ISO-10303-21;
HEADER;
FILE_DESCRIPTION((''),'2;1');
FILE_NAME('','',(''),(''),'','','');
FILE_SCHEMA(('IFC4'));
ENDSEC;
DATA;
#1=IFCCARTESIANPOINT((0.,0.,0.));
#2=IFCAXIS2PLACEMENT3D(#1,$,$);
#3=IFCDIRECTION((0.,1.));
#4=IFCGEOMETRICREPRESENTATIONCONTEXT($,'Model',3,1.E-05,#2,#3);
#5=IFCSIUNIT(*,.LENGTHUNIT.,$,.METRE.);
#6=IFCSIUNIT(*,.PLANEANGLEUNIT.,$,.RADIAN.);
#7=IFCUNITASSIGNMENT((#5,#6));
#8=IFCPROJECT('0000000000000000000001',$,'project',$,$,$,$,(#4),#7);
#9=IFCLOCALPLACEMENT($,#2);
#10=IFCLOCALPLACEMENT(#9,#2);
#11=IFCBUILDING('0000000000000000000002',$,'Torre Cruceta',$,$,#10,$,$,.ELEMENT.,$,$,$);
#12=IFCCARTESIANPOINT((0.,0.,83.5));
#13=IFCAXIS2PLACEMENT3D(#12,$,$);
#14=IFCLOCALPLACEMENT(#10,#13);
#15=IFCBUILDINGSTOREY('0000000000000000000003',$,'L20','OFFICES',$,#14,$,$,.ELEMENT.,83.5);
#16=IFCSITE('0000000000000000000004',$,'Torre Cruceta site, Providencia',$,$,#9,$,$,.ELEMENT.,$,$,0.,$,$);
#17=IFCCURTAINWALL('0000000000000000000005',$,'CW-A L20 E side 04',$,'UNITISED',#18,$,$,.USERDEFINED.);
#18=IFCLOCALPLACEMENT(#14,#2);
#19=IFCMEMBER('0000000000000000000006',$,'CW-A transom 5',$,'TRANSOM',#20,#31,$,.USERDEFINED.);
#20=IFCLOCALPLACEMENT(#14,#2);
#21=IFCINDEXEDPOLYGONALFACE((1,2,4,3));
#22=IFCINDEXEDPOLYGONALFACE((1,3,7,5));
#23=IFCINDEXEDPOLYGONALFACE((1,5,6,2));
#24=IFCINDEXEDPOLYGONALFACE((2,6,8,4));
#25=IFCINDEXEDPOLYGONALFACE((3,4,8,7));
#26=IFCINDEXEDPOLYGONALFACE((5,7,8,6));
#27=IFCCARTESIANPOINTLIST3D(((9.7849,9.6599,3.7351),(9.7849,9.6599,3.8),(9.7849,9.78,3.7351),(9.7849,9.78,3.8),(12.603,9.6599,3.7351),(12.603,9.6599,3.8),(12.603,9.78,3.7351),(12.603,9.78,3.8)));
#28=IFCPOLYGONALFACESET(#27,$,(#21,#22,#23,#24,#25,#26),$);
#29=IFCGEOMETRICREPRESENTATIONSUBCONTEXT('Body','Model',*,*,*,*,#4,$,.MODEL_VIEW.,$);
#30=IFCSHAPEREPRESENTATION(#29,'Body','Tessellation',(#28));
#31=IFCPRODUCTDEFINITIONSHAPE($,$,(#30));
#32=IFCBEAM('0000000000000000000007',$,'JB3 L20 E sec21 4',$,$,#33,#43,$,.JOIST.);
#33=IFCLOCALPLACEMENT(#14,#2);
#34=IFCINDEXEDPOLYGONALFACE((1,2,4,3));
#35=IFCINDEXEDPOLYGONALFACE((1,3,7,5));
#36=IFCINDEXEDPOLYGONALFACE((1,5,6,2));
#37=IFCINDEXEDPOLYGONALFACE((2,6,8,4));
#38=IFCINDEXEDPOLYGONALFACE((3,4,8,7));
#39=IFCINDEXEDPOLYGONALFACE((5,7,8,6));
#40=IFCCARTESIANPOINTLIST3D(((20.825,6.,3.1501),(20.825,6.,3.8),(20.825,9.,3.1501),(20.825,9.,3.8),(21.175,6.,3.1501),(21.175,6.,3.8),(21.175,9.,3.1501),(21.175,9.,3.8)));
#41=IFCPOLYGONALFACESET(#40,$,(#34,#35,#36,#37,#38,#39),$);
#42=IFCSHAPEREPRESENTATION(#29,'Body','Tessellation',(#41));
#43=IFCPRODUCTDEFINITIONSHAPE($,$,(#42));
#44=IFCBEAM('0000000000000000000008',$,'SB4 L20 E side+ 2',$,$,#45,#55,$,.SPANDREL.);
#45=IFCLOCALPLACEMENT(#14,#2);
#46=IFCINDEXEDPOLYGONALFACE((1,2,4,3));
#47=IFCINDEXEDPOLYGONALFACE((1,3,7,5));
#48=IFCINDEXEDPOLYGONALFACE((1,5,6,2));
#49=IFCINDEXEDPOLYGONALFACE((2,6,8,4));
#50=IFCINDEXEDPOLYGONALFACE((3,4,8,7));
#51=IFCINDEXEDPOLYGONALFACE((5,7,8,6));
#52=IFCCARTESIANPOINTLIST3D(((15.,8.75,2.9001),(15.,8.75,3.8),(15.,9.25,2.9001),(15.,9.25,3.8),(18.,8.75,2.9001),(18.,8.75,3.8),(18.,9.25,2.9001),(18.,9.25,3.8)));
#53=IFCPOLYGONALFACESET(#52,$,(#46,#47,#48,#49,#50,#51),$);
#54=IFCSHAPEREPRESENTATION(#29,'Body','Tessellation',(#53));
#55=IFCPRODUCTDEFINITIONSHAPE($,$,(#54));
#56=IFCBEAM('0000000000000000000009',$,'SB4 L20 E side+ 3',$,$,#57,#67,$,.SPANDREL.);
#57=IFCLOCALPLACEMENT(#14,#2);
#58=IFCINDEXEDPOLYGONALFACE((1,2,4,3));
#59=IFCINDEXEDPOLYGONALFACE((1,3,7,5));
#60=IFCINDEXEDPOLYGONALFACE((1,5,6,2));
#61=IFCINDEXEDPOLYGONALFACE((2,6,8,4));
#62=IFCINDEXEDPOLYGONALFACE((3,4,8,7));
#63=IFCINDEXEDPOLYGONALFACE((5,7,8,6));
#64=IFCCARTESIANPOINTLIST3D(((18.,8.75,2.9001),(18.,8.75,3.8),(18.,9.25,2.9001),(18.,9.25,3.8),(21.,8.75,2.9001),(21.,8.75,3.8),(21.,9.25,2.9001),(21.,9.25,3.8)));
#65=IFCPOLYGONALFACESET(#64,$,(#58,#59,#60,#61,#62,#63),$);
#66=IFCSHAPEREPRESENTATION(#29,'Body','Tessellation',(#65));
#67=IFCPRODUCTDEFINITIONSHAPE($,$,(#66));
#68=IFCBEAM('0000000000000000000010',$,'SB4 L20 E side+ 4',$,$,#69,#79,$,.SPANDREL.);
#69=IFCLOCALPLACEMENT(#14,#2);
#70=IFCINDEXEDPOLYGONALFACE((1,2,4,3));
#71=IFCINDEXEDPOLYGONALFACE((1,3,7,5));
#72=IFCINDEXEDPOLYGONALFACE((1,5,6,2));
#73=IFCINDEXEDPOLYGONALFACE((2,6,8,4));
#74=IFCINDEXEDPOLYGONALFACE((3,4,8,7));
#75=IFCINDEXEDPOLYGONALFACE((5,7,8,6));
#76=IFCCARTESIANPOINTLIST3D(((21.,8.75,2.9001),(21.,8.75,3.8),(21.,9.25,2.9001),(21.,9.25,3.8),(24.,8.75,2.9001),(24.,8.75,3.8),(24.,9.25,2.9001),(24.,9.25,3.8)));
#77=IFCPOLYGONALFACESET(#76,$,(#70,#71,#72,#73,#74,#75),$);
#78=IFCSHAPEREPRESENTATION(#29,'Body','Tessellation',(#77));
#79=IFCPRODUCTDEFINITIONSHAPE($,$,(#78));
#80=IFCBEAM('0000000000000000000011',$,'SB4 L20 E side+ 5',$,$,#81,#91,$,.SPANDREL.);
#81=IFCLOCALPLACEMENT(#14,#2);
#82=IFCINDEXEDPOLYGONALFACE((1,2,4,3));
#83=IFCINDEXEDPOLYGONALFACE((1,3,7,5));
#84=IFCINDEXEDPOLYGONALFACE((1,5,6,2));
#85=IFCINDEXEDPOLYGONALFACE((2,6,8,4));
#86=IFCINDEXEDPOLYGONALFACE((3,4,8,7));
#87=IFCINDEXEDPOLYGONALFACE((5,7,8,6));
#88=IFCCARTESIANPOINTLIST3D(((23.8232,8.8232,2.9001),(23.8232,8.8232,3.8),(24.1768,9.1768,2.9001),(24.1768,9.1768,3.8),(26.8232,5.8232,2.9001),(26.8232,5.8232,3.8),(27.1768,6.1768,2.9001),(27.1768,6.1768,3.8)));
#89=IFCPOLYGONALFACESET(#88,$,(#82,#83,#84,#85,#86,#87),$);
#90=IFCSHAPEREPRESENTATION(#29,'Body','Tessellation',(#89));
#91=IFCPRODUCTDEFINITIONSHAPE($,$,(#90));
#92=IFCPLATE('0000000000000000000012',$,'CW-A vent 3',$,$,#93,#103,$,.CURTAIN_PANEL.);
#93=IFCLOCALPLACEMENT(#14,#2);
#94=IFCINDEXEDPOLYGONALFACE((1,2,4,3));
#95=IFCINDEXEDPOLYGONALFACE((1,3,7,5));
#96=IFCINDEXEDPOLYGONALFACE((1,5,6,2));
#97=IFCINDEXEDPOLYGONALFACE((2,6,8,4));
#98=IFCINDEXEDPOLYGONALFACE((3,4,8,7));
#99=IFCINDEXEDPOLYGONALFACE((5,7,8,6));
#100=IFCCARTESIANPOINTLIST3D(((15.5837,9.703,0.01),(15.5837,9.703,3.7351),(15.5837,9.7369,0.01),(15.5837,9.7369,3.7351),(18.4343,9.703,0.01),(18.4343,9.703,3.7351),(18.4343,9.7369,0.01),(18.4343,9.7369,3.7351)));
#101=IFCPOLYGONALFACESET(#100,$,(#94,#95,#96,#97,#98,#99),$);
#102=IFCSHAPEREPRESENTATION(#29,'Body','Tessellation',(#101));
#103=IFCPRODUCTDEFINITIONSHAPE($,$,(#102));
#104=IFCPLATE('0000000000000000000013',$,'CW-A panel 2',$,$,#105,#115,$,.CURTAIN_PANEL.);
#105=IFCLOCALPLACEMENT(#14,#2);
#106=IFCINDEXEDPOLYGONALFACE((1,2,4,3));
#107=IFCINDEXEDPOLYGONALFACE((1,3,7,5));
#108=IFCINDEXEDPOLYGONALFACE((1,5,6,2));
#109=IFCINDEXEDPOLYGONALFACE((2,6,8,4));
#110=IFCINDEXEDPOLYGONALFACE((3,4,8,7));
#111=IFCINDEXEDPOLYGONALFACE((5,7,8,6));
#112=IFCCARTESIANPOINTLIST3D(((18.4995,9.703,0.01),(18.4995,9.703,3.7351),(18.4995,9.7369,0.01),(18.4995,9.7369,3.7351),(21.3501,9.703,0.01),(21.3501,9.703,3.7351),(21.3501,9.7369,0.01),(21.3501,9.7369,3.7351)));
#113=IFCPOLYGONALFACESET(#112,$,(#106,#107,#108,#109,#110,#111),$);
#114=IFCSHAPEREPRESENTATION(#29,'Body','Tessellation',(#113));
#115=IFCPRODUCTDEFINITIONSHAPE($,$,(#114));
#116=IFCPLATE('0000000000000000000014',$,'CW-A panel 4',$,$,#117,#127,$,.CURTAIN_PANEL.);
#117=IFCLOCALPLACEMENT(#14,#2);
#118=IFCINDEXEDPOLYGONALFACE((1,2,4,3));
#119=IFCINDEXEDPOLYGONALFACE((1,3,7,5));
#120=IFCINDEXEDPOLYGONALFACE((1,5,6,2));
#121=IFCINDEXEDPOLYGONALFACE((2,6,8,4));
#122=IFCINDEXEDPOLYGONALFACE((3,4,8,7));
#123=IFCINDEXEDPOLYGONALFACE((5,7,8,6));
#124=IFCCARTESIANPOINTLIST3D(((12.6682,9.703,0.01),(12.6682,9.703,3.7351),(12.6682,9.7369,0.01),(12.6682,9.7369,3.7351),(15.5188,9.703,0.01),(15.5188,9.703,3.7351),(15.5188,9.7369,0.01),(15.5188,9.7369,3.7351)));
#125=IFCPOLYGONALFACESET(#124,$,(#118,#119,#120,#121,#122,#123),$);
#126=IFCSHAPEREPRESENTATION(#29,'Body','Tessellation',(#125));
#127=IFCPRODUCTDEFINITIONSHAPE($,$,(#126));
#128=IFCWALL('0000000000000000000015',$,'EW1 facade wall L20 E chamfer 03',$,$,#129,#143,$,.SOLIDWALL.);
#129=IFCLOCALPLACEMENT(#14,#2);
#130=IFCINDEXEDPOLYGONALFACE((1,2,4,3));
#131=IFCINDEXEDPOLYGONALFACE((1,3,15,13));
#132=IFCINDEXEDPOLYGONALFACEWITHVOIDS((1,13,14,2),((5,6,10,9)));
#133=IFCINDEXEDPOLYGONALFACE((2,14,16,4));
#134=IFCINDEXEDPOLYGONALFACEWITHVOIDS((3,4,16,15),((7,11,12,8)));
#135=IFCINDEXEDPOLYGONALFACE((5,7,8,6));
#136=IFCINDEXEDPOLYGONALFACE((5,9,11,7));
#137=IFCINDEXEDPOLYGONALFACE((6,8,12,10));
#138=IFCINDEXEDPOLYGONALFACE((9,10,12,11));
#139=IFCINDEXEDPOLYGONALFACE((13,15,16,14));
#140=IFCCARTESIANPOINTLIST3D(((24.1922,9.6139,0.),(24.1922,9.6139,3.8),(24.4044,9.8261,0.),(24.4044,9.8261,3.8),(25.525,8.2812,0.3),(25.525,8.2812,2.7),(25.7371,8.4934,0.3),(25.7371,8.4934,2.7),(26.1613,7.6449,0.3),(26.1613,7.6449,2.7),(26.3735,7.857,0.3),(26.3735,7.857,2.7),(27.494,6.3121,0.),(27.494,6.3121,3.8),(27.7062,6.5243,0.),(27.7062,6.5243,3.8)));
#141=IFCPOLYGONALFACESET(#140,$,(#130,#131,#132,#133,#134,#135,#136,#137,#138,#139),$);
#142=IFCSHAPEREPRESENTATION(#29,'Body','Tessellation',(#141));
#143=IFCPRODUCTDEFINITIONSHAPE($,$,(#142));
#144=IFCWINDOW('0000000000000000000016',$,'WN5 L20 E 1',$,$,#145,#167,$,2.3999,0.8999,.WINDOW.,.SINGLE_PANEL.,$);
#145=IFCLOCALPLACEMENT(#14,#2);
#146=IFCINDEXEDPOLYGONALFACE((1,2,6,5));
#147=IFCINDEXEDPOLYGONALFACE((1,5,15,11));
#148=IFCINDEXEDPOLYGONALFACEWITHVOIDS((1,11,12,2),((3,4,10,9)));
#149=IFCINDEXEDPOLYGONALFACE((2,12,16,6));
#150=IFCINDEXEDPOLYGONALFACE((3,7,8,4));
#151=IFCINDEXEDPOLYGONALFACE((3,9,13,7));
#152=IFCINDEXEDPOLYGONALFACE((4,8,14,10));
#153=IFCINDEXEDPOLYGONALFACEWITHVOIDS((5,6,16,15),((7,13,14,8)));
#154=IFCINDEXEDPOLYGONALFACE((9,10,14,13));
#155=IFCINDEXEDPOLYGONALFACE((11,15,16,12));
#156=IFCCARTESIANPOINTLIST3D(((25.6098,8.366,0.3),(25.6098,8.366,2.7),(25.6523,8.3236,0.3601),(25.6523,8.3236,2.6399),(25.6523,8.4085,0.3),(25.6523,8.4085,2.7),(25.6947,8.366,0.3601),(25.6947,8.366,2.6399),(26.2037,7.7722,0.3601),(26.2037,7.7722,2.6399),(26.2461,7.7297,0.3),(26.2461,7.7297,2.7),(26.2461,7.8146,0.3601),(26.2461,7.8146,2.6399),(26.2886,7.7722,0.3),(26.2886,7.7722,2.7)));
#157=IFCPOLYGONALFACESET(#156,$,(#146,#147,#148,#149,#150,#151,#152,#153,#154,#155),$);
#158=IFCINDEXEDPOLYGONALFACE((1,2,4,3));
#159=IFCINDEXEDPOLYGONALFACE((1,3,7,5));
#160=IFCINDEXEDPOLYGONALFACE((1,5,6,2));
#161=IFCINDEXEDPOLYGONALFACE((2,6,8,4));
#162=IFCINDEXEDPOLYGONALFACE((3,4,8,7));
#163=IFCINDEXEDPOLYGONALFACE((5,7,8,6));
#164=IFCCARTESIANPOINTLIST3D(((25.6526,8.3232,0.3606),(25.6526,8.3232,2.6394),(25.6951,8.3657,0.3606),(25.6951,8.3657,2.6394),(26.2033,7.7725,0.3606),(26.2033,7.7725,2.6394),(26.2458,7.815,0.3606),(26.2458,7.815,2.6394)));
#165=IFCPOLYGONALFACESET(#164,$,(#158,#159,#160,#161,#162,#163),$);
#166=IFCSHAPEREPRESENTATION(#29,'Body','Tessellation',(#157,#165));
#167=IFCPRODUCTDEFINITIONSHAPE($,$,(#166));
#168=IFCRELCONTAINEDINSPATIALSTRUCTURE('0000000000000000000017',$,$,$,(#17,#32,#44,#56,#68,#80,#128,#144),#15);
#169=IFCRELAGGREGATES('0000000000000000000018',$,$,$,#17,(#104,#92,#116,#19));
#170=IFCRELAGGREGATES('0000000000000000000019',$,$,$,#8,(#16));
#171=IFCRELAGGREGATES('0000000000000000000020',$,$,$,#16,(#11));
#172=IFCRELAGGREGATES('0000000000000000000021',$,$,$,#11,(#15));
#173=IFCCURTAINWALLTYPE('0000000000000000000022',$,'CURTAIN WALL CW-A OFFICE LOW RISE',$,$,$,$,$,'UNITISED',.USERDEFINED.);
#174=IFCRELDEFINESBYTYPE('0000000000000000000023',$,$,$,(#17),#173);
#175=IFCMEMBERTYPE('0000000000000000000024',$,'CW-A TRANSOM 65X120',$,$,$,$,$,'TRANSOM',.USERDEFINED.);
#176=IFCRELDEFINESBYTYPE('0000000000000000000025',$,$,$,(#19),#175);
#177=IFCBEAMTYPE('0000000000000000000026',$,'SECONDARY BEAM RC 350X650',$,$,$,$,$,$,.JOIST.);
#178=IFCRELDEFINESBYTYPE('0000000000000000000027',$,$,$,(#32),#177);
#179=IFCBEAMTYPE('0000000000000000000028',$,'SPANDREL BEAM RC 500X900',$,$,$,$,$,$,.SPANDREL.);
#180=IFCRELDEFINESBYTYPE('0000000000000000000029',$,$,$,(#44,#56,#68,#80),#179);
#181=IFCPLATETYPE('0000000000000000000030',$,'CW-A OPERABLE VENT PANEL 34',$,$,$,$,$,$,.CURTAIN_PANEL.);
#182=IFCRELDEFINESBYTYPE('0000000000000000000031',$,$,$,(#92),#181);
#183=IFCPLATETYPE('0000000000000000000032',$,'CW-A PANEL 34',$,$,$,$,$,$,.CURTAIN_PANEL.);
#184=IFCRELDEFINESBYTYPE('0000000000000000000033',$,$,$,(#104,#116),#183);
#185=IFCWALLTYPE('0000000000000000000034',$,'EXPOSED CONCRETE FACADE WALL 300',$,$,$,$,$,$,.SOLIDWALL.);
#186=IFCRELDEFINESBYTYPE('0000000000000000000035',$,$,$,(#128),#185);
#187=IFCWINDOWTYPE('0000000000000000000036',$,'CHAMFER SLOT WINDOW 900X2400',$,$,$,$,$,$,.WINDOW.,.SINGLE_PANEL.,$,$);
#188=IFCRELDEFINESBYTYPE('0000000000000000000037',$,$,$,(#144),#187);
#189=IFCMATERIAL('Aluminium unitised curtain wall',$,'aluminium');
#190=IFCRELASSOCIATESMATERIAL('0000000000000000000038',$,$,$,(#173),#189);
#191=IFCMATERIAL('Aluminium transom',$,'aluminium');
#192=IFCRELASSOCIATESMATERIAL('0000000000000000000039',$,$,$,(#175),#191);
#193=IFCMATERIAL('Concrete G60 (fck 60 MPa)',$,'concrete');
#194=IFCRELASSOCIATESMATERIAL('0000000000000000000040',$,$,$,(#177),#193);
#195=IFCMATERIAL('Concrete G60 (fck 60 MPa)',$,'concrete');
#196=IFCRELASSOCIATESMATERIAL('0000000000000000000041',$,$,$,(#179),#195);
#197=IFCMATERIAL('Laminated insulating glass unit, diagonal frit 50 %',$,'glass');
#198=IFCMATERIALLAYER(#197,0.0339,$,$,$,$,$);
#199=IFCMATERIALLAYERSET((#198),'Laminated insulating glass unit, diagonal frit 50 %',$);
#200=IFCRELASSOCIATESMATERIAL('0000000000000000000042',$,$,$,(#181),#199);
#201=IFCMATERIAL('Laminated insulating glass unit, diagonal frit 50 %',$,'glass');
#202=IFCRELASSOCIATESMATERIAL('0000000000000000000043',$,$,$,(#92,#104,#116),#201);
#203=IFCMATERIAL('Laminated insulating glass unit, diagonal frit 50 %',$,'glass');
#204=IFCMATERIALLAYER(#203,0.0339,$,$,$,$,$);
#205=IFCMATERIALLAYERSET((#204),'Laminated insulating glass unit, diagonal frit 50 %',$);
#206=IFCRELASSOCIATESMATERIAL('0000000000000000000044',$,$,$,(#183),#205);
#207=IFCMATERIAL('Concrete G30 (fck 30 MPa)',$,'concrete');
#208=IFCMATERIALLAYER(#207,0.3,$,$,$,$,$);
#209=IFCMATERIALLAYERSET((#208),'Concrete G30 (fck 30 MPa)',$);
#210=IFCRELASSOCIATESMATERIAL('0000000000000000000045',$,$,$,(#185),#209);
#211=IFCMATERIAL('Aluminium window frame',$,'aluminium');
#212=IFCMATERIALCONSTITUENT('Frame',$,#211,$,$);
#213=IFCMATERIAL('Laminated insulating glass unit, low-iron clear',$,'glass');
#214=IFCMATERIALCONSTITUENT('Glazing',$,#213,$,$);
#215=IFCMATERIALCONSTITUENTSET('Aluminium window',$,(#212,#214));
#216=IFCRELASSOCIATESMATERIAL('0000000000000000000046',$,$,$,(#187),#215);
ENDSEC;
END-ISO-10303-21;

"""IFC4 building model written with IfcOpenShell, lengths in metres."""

from ifc_helpers import new_model, si_unit, direction, frame, frame_2d, origin, origin_2d, place, context, subcontext, project, spatial, rectangle, hollow_rectangle, extrude, material, layer, layer_set, constituent, constituent_set, material_profile, profile_set, type_object, element, fill, aggregate, save


model = new_model("IFC4")

# Units and contexts
model_context = context("Model", 3, precision=1e-05, world=origin(), true_north=direction((0.0, 1.0)))
body_context = subcontext(model_context, "Body", "Model", "MODEL_VIEW")
ifc_project = project(units=[si_unit("LENGTHUNIT", "METRE"), si_unit("PLANEANGLEUNIT", "RADIAN")], contexts=[model_context])

# Site, building, storey
site_placement = place(None, origin())
site = spatial("IfcSite", under=ifc_project, at=site_placement, Name="Torre Cruceta site, Providencia", CompositionType="ELEMENT", RefElevation=0.0)
building_placement = place(site_placement, origin())
building = spatial("IfcBuilding", under=site, at=building_placement, Name="Torre Cruceta", CompositionType="ELEMENT")
storey_placement = place(building_placement, frame((0.0, 0.0, 83.5)))
storey = spatial("IfcBuildingStorey", under=building, at=storey_placement, Name="L20", Description="OFFICES", CompositionType="ELEMENT", Elevation=83.5)

# Curtain wall, member
ifc_material_1 = material(Name="Aluminium unitised curtain wall", Category="aluminium")
curtain_wall_type = type_object("IfcCurtainWallType", Name="CURTAIN WALL CW-A OFFICE LOW RISE", ElementType="UNITISED", PredefinedType="USERDEFINED", material=ifc_material_1)
curtain_wall_placement = place(storey_placement, origin())
curtain_wall = element("IfcCurtainWall", 1, at=curtain_wall_placement, inside=storey, type_object=curtain_wall_type, Name="CW-A L20 E side 04", ObjectType="UNITISED", PredefinedType="USERDEFINED")
ifc_material_2 = material(Name="Aluminium transom", Category="aluminium")
ifc_material_profile_1 = material_profile(ifc_material_2, rectangle(XDim=0.1201, YDim=0.0649, at=origin_2d()), Name="AL 120X65")
ifc_profile_set_1 = profile_set([ifc_material_profile_1], Name="Aluminium transom")
member_type_1 = type_object("IfcMemberType", Name="CW-A TRANSOM 65X120", ElementType="TRANSOM", PredefinedType="USERDEFINED", material=ifc_profile_set_1)
member_1_placement = place(storey_placement, frame((12.603, 9.72, 3.7676), z_axis=(-1.0, 0.0, 0.0), x_axis=(0.0, -1.0, 0.0)))
member_1 = element("IfcMember", 2, at=member_1_placement, type_object=member_type_1, Name="CW-A transom 5", ObjectType="TRANSOM", PredefinedType="USERDEFINED", context=body_context, shape_type="SweptSolid", body=[
    extrude(rectangle(XDim=0.1201, YDim=0.0649, at=origin_2d()), origin(), (0.0, 0.0, 1.0), 2.8181),
])

# Beams
ifc_material_3 = material(Name="Concrete G60 (fck 60 MPa)", Category="concrete")
ifc_material_profile_2 = material_profile(ifc_material_3, rectangle(XDim=0.3501, YDim=0.6499, at=origin_2d()), Name="RC 350X650")
ifc_profile_set_2 = profile_set([ifc_material_profile_2], Name="Concrete G60 (fck 60 MPa)")
beam_type_1 = type_object("IfcBeamType", Name="SECONDARY BEAM RC 350X650", PredefinedType="JOIST", material=ifc_profile_set_2)
beam_1_placement = place(storey_placement, frame((21.0, 6.0, 3.4751), z_axis=(0.0, 1.0, 0.0), x_axis=(-1.0, 0.0, 0.0)))
element("IfcBeam", 3, at=beam_1_placement, inside=storey, type_object=beam_type_1, Name="JB3 L20 E sec21 4", PredefinedType="JOIST", context=body_context, shape_type="SweptSolid", body=[
    extrude(rectangle(XDim=0.3501, YDim=0.6499, at=origin_2d()), origin(), (0.0, 0.0, 1.0), 3.0),
])
ifc_material_4 = material(Name="Concrete G60 (fck 60 MPa)", Category="concrete")
ifc_material_profile_3 = material_profile(ifc_material_4, rectangle(XDim=0.5, YDim=0.8999, at=origin_2d()), Name="RC 500X900")
ifc_profile_set_3 = profile_set([ifc_material_profile_3], Name="Concrete G60 (fck 60 MPa)")
beam_type_2 = type_object("IfcBeamType", Name="SPANDREL BEAM RC 500X900", PredefinedType="SPANDREL", material=ifc_profile_set_3)
for number, where, z_axis, x_axis, name in (
    (4, (15.0, 9.0, 3.3501), (1.0, 0.0, 0.0), (0.0, 1.0, 0.0), "SB4 L20 E side+ 2"),
    (5, (18.0, 9.0, 3.3501), (1.0, 0.0, 0.0), (0.0, 1.0, 0.0), "SB4 L20 E side+ 3"),
    (6, (21.0, 9.0, 3.3501), (1.0, 0.0, 0.0), (0.0, 1.0, 0.0), "SB4 L20 E side+ 4"),
):
    element("IfcBeam", number, at=place(storey_placement, frame(where, z_axis=z_axis, x_axis=x_axis)), inside=storey, type_object=beam_type_2, Name=name, PredefinedType="SPANDREL", context=body_context, shape_type="SweptSolid", body=[
        extrude(rectangle(XDim=0.5, YDim=0.8999, at=origin_2d()), origin(), (0.0, 0.0, 1.0), 3.0),
    ])
beam_2_placement = place(storey_placement, frame((24.0, 9.0, 3.3501), z_axis=(0.707107, -0.707107, 0.0), x_axis=(0.707107, 0.707107, 0.0)))
element("IfcBeam", 7, at=beam_2_placement, inside=storey, type_object=beam_type_2, Name="SB4 L20 E side+ 5", PredefinedType="SPANDREL", context=body_context, shape_type="SweptSolid", body=[
    extrude(rectangle(XDim=0.5, YDim=0.8999, at=origin_2d()), origin(), (0.0, 0.0, 1.0), 4.2427),
])

# Plates
ifc_material_5 = material(Name="Laminated insulating glass unit, diagonal frit 50 %", Category="glass")
ifc_material_6 = material(Name="Laminated insulating glass unit, diagonal frit 50 %", Category="glass")
ifc_layer_1 = layer(ifc_material_6, 0.0339)
ifc_layer_set_1 = layer_set([ifc_layer_1], Name="Laminated insulating glass unit, diagonal frit 50 %")
plate_type_1 = type_object("IfcPlateType", Name="CW-A OPERABLE VENT PANEL 34", PredefinedType="CURTAIN_PANEL", material=ifc_layer_set_1)
plate_1_placement = place(storey_placement, frame((17.009, 9.72, 0.01), z_axis=(0.0, 0.0, 1.0), x_axis=(-1.0, 0.0, 0.0)))
plate_1 = element("IfcPlate", 8, at=plate_1_placement, type_object=plate_type_1, material=ifc_material_5, Name="CW-A vent 3", PredefinedType="CURTAIN_PANEL", context=body_context, shape_type="SweptSolid", body=[
    extrude(rectangle(XDim=2.8506, YDim=0.0339, at=origin_2d()), origin(), (0.0, 0.0, 1.0), 3.7251),
])
ifc_material_7 = material(Name="Laminated insulating glass unit, diagonal frit 50 %", Category="glass")
ifc_layer_2 = layer(ifc_material_7, 0.0339)
ifc_layer_set_2 = layer_set([ifc_layer_2], Name="Laminated insulating glass unit, diagonal frit 50 %")
plate_type_2 = type_object("IfcPlateType", Name="CW-A PANEL 34", PredefinedType="CURTAIN_PANEL", material=ifc_layer_set_2)
plate_2_placement = place(storey_placement, frame((19.9248, 9.72, 0.01), z_axis=(0.0, 0.0, 1.0), x_axis=(-1.0, 0.0, 0.0)))
plate_2 = element("IfcPlate", 9, at=plate_2_placement, type_object=plate_type_2, material=ifc_material_5, Name="CW-A panel 2", PredefinedType="CURTAIN_PANEL", context=body_context, shape_type="SweptSolid", body=[
    extrude(rectangle(XDim=2.8506, YDim=0.0339, at=origin_2d()), origin(), (0.0, 0.0, 1.0), 3.7251),
])
plate_3_placement = place(storey_placement, frame((14.0935, 9.72, 0.01), z_axis=(0.0, 0.0, 1.0), x_axis=(-1.0, 0.0, 0.0)))
plate_3 = element("IfcPlate", 10, at=plate_3_placement, type_object=plate_type_2, material=ifc_material_5, Name="CW-A panel 4", PredefinedType="CURTAIN_PANEL", context=body_context, shape_type="SweptSolid", body=[
    extrude(rectangle(XDim=2.8506, YDim=0.0339, at=origin_2d()), origin(), (0.0, 0.0, 1.0), 3.7251),
])
aggregate(curtain_wall, [plate_2, plate_1, plate_3, member_1])

# Wall, opening, window
ifc_material_8 = material(Name="Concrete G30 (fck 30 MPa)", Category="concrete")
ifc_layer_3 = layer(ifc_material_8, 0.3)
ifc_layer_set_3 = layer_set([ifc_layer_3], Name="Concrete G30 (fck 30 MPa)")
wall_type_1 = type_object("IfcWallType", Name="EXPOSED CONCRETE FACADE WALL 300", PredefinedType="SOLIDWALL", material=ifc_layer_set_3)
wall_1_placement = place(storey_placement, frame((27.6001, 6.4182, 0.0), z_axis=(0.0, 0.0, 1.0), x_axis=(-0.707107, 0.707107, 0.0)))
wall_1 = element("IfcWall", 11, at=wall_1_placement, inside=storey, type_object=wall_type_1, Name="EW1 facade wall L20 E chamfer 03", PredefinedType="SOLIDWALL", context=body_context, shape_type="SweptSolid", body=[
    extrude(rectangle(XDim=4.6694, YDim=0.3, at=frame_2d((2.3347, 0.0))), origin(), (0.0, 0.0, 1.0), 3.8),
])
opening_1_placement = place(wall_1_placement, frame((1.8848, 0.0, 0.3)))
opening_1 = element("IfcOpeningElement", 12, at=opening_1_placement, cuts=wall_1, PredefinedType="OPENING", context=body_context, shape_type="SweptSolid", body=[
    extrude(rectangle(XDim=0.8999, YDim=2.3999, at=frame_2d((0.45, 1.2))), frame((0.0, 0.1599, 0.0), z_axis=(0.0, -1.0, 0.0), x_axis=(1.0, 0.0, 0.0)), (0.0, 0.0, 1.0), 0.3201),
])
ifc_material_9 = material(Name="Aluminium window frame", Category="aluminium")
ifc_constituent_1 = constituent(ifc_material_9, Name="Frame")
ifc_material_10 = material(Name="Laminated insulating glass unit, low-iron clear", Category="glass")
ifc_constituent_2 = constituent(ifc_material_10, Name="Glazing")
ifc_constituent_set_1 = constituent_set(constituents=[ifc_constituent_1, ifc_constituent_2], Name="Aluminium window")
window_type = type_object("IfcWindowType", Name="CHAMFER SLOT WINDOW 900X2400", PartitioningType="SINGLE_PANEL", PredefinedType="WINDOW", material=ifc_constituent_set_1)
window_placement = place(opening_1_placement, origin())
window = element("IfcWindow", 13, at=window_placement, inside=storey, type_object=window_type, Name="WN5 L20 E 1", OverallHeight=2.3999, OverallWidth=0.8999, PartitioningType="SINGLE_PANEL", PredefinedType="WINDOW", context=body_context, shape_type="SweptSolid", body=[
    extrude(hollow_rectangle(XDim=0.8999, YDim=2.3999, WallThickness=0.0601, at=frame_2d((0.45, 1.2))), frame((0.0, 0.03, 0.0), z_axis=(0.0, -1.0, 0.0), x_axis=(1.0, 0.0, 0.0)), (0.0, 0.0, 1.0), 0.0601),
    extrude(rectangle(XDim=0.7788, YDim=2.2788, at=frame_2d((0.45, 1.2))), frame((0.0, 0.03, 0.0), z_axis=(0.0, -1.0, 0.0), x_axis=(1.0, 0.0, 0.0)), (0.0, 0.0, 1.0), 0.0601),
])
fill(opening_1, window)

save(model, "model.ifc")
